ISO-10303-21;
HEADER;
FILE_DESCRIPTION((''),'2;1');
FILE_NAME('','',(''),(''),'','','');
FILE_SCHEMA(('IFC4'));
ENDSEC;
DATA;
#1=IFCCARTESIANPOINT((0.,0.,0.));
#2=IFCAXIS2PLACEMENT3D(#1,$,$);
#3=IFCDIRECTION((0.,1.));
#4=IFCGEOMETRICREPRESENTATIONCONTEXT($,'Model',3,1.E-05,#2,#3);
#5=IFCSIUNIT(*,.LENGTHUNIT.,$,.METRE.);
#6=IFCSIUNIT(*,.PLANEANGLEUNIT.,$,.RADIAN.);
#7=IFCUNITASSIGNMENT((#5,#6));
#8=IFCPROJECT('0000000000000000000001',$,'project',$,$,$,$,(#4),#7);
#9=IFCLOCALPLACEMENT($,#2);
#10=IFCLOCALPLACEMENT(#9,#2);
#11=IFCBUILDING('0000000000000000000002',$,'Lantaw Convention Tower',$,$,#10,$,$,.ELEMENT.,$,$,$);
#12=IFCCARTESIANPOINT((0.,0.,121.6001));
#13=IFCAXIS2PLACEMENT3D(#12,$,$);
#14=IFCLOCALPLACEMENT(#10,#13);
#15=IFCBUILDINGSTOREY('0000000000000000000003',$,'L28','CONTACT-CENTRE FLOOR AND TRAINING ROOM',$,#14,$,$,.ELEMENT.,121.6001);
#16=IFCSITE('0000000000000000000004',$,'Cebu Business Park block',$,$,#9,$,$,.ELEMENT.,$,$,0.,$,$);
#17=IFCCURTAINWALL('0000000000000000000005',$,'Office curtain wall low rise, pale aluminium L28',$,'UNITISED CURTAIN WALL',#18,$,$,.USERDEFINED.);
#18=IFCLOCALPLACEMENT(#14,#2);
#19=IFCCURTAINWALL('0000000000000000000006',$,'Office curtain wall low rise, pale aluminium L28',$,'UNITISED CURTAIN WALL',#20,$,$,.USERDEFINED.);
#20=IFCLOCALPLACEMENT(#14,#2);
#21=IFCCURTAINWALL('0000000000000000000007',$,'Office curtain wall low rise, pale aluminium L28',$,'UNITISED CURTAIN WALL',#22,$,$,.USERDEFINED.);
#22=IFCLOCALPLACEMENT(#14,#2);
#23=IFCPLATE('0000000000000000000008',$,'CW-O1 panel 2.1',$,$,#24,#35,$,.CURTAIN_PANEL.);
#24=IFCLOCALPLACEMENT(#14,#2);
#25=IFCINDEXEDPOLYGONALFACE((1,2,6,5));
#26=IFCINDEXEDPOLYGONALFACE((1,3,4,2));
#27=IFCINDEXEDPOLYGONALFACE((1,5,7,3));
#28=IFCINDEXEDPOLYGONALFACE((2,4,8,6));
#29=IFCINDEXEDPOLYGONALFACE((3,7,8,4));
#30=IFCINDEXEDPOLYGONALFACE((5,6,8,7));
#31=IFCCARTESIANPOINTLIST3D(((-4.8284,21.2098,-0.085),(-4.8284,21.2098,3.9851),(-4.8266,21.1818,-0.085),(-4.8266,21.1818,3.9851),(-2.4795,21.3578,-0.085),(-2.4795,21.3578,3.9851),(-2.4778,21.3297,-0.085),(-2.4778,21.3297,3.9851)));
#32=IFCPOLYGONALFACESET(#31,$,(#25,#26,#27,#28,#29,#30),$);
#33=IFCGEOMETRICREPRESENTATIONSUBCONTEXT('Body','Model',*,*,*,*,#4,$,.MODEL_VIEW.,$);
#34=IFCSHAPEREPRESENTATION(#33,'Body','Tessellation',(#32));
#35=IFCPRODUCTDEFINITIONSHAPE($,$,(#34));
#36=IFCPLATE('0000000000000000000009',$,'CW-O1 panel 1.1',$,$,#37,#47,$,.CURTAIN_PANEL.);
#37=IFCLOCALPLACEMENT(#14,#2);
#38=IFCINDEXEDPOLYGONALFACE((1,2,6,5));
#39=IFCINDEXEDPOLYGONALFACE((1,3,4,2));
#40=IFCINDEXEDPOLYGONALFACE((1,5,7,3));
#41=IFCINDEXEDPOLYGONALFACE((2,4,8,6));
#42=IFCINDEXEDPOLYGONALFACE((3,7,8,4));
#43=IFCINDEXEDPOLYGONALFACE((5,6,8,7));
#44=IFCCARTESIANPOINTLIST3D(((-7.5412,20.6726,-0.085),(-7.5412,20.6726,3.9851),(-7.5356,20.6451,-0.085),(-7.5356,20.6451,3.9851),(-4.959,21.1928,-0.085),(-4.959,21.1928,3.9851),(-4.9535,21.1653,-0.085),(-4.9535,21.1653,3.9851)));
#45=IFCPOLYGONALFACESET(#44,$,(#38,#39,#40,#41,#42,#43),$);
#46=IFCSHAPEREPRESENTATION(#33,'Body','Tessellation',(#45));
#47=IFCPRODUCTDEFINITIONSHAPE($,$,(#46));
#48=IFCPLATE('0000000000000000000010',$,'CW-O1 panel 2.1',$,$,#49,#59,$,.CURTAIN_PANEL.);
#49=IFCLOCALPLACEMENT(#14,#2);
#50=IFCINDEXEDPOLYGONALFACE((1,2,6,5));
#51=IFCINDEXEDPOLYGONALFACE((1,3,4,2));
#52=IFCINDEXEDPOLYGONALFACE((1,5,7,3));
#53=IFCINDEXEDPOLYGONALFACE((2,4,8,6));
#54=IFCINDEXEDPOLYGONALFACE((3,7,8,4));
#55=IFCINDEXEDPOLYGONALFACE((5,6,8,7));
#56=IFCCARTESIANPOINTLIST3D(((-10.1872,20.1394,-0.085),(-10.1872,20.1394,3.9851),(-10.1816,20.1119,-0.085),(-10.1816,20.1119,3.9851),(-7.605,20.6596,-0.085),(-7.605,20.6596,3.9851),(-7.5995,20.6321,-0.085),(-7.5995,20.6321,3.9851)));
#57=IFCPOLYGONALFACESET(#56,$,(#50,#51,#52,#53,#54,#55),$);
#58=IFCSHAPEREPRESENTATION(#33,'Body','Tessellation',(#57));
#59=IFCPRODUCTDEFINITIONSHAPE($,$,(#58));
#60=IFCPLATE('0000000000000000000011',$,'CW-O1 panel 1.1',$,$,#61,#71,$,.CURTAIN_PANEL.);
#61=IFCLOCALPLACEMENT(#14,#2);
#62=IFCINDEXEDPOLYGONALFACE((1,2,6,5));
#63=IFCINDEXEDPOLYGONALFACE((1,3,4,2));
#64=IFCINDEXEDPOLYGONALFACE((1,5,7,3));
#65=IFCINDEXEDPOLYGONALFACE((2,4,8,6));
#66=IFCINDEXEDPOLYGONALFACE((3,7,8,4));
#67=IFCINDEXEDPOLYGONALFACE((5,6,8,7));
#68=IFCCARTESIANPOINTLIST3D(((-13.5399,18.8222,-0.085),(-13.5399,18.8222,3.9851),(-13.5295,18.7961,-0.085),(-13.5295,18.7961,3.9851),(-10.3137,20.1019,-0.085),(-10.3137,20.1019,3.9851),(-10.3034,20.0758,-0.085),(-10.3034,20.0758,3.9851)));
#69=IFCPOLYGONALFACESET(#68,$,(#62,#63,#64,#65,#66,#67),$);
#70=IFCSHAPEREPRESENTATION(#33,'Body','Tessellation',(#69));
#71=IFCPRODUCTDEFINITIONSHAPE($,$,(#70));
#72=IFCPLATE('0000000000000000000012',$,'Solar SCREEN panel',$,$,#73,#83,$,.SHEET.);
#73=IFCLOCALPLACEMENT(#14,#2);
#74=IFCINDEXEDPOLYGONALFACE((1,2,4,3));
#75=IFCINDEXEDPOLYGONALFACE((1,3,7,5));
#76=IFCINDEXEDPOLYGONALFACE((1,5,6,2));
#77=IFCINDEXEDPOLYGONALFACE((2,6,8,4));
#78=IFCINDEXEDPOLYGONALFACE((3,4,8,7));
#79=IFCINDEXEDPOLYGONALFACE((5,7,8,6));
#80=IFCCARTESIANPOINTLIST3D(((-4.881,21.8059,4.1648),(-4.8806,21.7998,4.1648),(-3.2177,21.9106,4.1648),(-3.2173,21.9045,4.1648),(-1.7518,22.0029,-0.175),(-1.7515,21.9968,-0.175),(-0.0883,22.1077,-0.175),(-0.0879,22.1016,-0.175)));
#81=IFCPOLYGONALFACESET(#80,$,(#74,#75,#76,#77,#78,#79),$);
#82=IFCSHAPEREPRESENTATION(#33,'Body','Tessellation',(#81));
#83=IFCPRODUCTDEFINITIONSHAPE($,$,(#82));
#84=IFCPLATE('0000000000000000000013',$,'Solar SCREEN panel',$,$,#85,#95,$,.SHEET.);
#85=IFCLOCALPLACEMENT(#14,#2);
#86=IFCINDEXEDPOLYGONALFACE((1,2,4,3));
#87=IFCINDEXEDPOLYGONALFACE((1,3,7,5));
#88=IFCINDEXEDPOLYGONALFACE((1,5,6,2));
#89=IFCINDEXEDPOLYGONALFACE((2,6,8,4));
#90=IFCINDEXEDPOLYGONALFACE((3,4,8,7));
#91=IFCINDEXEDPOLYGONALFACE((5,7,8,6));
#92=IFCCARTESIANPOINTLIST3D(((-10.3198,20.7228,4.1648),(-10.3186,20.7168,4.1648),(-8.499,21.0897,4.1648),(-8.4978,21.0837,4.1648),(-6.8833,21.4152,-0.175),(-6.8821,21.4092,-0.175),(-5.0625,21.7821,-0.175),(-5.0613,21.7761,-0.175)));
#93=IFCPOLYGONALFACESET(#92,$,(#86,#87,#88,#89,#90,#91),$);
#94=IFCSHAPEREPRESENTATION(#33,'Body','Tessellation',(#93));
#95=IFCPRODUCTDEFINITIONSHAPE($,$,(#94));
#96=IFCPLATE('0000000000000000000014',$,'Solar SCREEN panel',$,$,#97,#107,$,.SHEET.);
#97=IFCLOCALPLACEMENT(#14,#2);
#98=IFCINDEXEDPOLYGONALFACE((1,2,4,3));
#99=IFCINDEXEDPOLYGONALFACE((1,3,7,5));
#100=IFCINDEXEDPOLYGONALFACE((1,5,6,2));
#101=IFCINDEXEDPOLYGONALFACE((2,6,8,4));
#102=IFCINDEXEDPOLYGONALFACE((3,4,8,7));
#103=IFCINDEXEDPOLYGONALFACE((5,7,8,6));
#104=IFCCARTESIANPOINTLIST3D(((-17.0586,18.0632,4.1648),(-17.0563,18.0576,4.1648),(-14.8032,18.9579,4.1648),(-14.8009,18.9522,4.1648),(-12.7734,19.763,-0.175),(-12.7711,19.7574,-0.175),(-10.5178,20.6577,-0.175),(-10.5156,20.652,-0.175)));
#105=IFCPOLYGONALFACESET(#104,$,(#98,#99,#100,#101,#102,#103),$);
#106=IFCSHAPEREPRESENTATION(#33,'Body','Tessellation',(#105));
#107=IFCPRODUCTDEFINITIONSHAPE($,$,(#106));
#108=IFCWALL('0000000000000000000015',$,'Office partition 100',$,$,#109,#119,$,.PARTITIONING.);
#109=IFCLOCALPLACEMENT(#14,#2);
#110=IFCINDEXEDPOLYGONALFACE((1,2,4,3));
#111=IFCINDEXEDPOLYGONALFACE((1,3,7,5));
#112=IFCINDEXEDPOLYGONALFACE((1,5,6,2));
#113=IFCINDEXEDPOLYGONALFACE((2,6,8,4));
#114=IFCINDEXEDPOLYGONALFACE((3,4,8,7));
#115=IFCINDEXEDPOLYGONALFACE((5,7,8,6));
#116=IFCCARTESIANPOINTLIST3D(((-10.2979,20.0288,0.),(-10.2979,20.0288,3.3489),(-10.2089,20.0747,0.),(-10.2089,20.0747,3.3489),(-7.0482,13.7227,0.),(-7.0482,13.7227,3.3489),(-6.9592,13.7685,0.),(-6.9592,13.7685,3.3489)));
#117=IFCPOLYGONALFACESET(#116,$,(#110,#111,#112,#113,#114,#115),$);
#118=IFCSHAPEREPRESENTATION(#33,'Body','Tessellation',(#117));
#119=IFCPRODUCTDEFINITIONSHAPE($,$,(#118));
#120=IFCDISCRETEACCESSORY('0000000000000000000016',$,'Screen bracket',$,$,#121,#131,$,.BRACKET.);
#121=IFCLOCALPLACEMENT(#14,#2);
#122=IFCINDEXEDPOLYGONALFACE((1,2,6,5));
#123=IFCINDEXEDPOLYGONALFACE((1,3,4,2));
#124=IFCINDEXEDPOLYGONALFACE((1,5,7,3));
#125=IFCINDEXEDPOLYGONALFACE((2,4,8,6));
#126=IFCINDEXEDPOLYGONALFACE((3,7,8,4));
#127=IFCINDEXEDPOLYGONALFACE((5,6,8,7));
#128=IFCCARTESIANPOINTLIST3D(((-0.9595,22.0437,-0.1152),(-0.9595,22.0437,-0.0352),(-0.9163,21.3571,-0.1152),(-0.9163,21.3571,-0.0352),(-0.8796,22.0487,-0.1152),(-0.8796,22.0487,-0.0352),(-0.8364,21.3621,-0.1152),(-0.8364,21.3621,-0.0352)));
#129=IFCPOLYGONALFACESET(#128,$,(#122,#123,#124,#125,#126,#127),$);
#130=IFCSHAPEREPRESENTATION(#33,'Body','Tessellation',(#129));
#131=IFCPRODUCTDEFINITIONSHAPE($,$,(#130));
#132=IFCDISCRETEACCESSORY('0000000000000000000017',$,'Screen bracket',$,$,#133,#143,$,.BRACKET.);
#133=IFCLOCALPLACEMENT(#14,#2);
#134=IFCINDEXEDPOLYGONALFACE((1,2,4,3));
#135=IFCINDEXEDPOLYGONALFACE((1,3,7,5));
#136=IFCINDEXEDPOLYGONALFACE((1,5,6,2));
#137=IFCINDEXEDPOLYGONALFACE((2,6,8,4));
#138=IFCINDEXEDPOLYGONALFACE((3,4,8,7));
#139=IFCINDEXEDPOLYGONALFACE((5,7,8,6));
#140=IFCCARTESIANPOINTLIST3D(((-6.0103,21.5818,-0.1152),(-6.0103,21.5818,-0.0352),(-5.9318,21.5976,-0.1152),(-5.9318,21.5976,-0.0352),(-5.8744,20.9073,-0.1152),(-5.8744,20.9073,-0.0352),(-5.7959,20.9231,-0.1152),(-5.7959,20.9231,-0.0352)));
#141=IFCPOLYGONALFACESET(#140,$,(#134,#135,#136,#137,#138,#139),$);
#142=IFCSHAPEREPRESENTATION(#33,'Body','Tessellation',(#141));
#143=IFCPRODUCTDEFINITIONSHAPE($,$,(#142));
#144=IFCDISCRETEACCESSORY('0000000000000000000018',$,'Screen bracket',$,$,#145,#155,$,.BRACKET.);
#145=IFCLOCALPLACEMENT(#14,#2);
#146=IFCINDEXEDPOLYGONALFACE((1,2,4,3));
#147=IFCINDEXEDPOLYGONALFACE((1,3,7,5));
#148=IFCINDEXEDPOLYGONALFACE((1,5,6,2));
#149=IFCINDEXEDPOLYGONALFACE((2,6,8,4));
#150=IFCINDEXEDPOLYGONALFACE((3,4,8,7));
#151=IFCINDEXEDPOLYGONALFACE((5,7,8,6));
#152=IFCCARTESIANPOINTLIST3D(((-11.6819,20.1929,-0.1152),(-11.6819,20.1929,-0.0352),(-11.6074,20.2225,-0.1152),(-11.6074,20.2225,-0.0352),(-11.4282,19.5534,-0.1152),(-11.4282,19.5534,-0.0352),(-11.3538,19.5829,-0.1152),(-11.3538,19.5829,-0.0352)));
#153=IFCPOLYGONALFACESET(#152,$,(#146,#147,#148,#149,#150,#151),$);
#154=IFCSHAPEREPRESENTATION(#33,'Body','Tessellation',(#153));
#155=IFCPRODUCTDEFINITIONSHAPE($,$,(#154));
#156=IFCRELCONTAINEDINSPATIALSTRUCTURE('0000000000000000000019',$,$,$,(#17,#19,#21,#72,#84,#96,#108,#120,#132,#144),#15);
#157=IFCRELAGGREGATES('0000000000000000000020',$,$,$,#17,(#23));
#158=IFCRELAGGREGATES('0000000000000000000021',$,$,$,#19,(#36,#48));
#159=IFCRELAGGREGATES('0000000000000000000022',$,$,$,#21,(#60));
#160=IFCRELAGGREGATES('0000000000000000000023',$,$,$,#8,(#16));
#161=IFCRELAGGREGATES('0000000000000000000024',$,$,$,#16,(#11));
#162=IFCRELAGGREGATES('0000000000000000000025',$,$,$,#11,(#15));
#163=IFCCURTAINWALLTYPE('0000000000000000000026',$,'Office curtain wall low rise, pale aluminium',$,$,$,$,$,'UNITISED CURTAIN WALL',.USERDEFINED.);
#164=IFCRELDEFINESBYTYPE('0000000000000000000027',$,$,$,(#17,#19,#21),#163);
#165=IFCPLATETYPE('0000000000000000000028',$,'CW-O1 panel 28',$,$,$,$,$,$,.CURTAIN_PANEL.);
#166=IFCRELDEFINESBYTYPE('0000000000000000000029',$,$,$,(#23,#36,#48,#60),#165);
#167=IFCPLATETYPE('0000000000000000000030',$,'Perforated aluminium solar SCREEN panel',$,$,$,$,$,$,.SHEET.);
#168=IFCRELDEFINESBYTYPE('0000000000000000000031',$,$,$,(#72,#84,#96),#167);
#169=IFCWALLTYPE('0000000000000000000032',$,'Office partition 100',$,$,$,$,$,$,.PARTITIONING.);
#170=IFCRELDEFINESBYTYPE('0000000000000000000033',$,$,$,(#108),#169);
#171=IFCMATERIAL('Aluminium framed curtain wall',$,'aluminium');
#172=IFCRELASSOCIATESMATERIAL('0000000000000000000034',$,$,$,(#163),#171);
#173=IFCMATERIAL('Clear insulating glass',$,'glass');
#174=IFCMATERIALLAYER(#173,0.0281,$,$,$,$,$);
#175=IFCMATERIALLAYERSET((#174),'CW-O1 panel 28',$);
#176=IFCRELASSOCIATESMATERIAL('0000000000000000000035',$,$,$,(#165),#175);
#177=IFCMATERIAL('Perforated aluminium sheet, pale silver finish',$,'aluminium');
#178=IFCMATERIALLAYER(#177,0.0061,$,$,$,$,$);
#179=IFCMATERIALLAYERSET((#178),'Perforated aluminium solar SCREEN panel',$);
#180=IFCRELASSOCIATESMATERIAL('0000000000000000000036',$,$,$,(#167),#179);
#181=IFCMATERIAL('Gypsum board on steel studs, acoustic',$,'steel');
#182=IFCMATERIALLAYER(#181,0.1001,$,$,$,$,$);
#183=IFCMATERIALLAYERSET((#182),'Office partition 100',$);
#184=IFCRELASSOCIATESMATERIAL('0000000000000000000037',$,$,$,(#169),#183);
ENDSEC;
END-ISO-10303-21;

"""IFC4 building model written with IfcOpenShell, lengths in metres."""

from ifc_helpers import new_model, si_unit, direction, frame, frame_2d, origin, origin_2d, place, context, subcontext, project, spatial, polyline, rectangle, outline, extrude, material, layer, layer_set, type_object, element, aggregate, save


model = new_model("IFC4")

# Units and contexts
model_context = context("Model", 3, precision=1e-05, world=origin(), true_north=direction((0.0, 1.0)))
body_context = subcontext(model_context, "Body", "Model", "MODEL_VIEW")
ifc_project = project(units=[si_unit("LENGTHUNIT", "METRE"), si_unit("PLANEANGLEUNIT", "RADIAN")], contexts=[model_context])

# Site, building, storey
site_placement = place(None, origin())
site = spatial("IfcSite", under=ifc_project, at=site_placement, Name="Cebu Business Park block", CompositionType="ELEMENT", RefElevation=0.0)
building_placement = place(site_placement, origin())
building = spatial("IfcBuilding", under=site, at=building_placement, Name="Lantaw Convention Tower", CompositionType="ELEMENT")
storey_placement = place(building_placement, frame((0.0, 0.0, 121.6001)))
storey = spatial("IfcBuildingStorey", under=building, at=storey_placement, Name="L28", Description="CONTACT-CENTRE FLOOR AND TRAINING ROOM", CompositionType="ELEMENT", Elevation=121.6001)

# Curtain walls
ifc_material_1 = material(Name="Aluminium framed curtain wall", Category="aluminium")
curtain_wall_type = type_object("IfcCurtainWallType", Name="Office curtain wall low rise, pale aluminium", ElementType="UNITISED CURTAIN WALL", PredefinedType="USERDEFINED", material=ifc_material_1)
curtain_wall_1_placement = place(storey_placement, origin())
curtain_wall_1 = element("IfcCurtainWall", 1, at=curtain_wall_1_placement, inside=storey, type_object=curtain_wall_type, Name="Office curtain wall low rise, pale aluminium L28", ObjectType="UNITISED CURTAIN WALL", PredefinedType="USERDEFINED")
curtain_wall_2_placement = place(storey_placement, origin())
curtain_wall_2 = element("IfcCurtainWall", 2, at=curtain_wall_2_placement, inside=storey, type_object=curtain_wall_type, Name="Office curtain wall low rise, pale aluminium L28", ObjectType="UNITISED CURTAIN WALL", PredefinedType="USERDEFINED")

# Curtain wall
curtain_wall_3_placement = place(storey_placement, origin())
curtain_wall_3 = element("IfcCurtainWall", 3, at=curtain_wall_3_placement, inside=storey, type_object=curtain_wall_type, Name="Office curtain wall low rise, pale aluminium L28", ObjectType="UNITISED CURTAIN WALL", PredefinedType="USERDEFINED")

# Plates
ifc_material_2 = material(Name="Clear insulating glass", Category="glass")
ifc_layer_1 = layer(ifc_material_2, 0.0281)
ifc_layer_set_1 = layer_set([ifc_layer_1], Name="CW-O1 panel 28")
plate_type_1 = type_object("IfcPlateType", Name="CW-O1 panel 28", PredefinedType="CURTAIN_PANEL", material=ifc_layer_set_1)
plate_1_placement = place(storey_placement, frame((-3.6531, 21.2698, -0.085), z_axis=(0.0, 0.0, 1.0), x_axis=(-0.998022, -0.062865, 0.0)))
plate_1 = element("IfcPlate", 4, at=plate_1_placement, type_object=plate_type_1, Name="CW-O1 panel 2.1", PredefinedType="CURTAIN_PANEL", context=body_context, shape_type="SweptSolid", body=[
    extrude(rectangle(XDim=2.3535, YDim=0.0281, at=origin_2d()), origin(), (0.0, 0.0, 1.0), 4.0701),
])
aggregate(curtain_wall_1, [plate_1])
plate_2_placement = place(storey_placement, frame((-6.2473, 20.9189, -0.085), z_axis=(0.0, 0.0, 1.0), x_axis=(-0.980302, -0.197507, 0.0)))
plate_2 = element("IfcPlate", 5, at=plate_2_placement, type_object=plate_type_1, Name="CW-O1 panel 1.1", PredefinedType="CURTAIN_PANEL", context=body_context, shape_type="SweptSolid", body=[
    extrude(rectangle(XDim=2.634, YDim=0.0281, at=origin_2d()), origin(), (0.0, 0.0, 1.0), 4.0701),
])
plate_3_placement = place(storey_placement, frame((-8.8933, 20.3857, -0.085), z_axis=(0.0, 0.0, 1.0), x_axis=(-0.980302, -0.197507, 0.0)))
plate_3 = element("IfcPlate", 6, at=plate_3_placement, type_object=plate_type_1, Name="CW-O1 panel 2.1", PredefinedType="CURTAIN_PANEL", context=body_context, shape_type="SweptSolid", body=[
    extrude(rectangle(XDim=2.634, YDim=0.0281, at=origin_2d()), origin(), (0.0, 0.0, 1.0), 4.0701),
])
aggregate(curtain_wall_2, [plate_2, plate_3])
plate_4_placement = place(storey_placement, frame((-11.9216, 19.449, -0.085), z_axis=(0.0, 0.0, 1.0), x_axis=(-0.929548, -0.368702, 0.0)))
plate_4 = element("IfcPlate", 7, at=plate_4_placement, type_object=plate_type_1, Name="CW-O1 panel 1.1", PredefinedType="CURTAIN_PANEL", context=body_context, shape_type="SweptSolid", body=[
    extrude(rectangle(XDim=3.4707, YDim=0.0281, at=origin_2d()), origin(), (0.0, 0.0, 1.0), 4.0701),
])
aggregate(curtain_wall_3, [plate_4])

# Plates
ifc_material_3 = material(Name="Perforated aluminium sheet, pale silver finish", Category="aluminium")
ifc_layer_2 = layer(ifc_material_3, 0.0061)
ifc_layer_set_2 = layer_set([ifc_layer_2], Name="Perforated aluminium solar SCREEN panel")
plate_type_2 = type_object("IfcPlateType", Name="Perforated aluminium solar SCREEN panel", PredefinedType="SHEET", material=ifc_layer_set_2)
plate_5_placement = place(storey_placement, frame((-0.0879, 22.1016, -0.175), z_axis=(0.062839, -0.998024, 0.000002), x_axis=(-0.998024, -0.062839, 0.0)))
element("IfcPlate", 8, at=plate_5_placement, inside=storey, type_object=plate_type_2, Name="Solar SCREEN panel", PredefinedType="SHEET", context=body_context, shape_type="SweptSolid", body=[
    extrude(outline(polyline([(0.0, 0.0), (1.6669, 0.0), (4.8022, -4.3398), (3.1356, -4.3398), (0.0, 0.0)])), origin(), (0.0, 0.0, -1.0), 0.0061),
])
plate_6_placement = place(storey_placement, frame((-5.0613, 21.7761, -0.175), z_axis=(0.197557, -0.980291, 0.000039), x_axis=(-0.980291, -0.197557, 0.0)))
element("IfcPlate", 9, at=plate_6_placement, inside=storey, type_object=plate_type_2, Name="Solar SCREEN panel", PredefinedType="SHEET", context=body_context, shape_type="SweptSolid", body=[
    extrude(outline(polyline([(0.0, 0.0), (1.8574, 0.0), (5.363, -4.3398), (3.5056, -4.3398), (0.0, 0.0)])), origin(), (0.0, 0.0, -1.0), 0.0061),
])
plate_7_placement = place(storey_placement, frame((-10.5178, 20.6577, -0.175), z_axis=(-0.368709, 0.929545, 0.000011), x_axis=(-0.929545, -0.368709, 0.0)))
element("IfcPlate", 10, at=plate_7_placement, inside=storey, type_object=plate_type_2, Name="Solar SCREEN panel", PredefinedType="SHEET", context=body_context, shape_type="SweptSolid", body=[
    extrude(outline(polyline([(0.0, 0.0), (2.4265, 0.0), (7.0365, 4.3398), (4.6102, 4.3398), (0.0, 0.0)])), origin(), (0.0, 0.0, -1.0), 0.0061),
])

# Wall
ifc_material_4 = material(Name="Gypsum board on steel studs, acoustic", Category="steel")
ifc_layer_3 = layer(ifc_material_4, 0.1001)
ifc_layer_set_3 = layer_set([ifc_layer_3], Name="Office partition 100")
wall_type = type_object("IfcWallType", Name="Office partition 100", PredefinedType="PARTITIONING", material=ifc_layer_set_3)
wall_placement = place(storey_placement, frame((-10.2534, 20.0518, 0.0), z_axis=(0.0, 0.0, 1.0), x_axis=(0.458083, -0.88891, 0.0)))
element("IfcWall", 11, at=wall_placement, inside=storey, type_object=wall_type, Name="Office partition 100", PredefinedType="PARTITIONING", context=body_context, shape_type="SweptSolid", body=[
    extrude(rectangle(XDim=7.0942, YDim=0.1001, at=frame_2d((3.5471, 0.0))), origin(), (0.0, 0.0, 1.0), 3.3489),
])

# Discrete accessories
for number, where, z_axis, x_axis, name in (
    (12, (-0.8979, 21.7029, -0.1152), (0.0, 0.0, 1.0), (-0.998022, -0.062865, 0.0), "Screen bracket"),
    (13, (-5.9031, 21.2524, -0.1152), (0.0, 0.0, 1.0), (-0.980302, -0.197507, 0.0), "Screen bracket"),
    (14, (-11.5178, 19.8879, -0.1152), (0.0, 0.0, 1.0), (-0.929548, -0.368702, 0.0), "Screen bracket"),
):
    element("IfcDiscreteAccessory", number, at=place(storey_placement, frame(where, z_axis=z_axis, x_axis=x_axis)), inside=storey, Name=name, PredefinedType="BRACKET", context=body_context, shape_type="SweptSolid", body=[
        extrude(rectangle(XDim=0.0801, YDim=0.688, at=origin_2d()), origin(), (0.0, 0.0, 1.0), 0.0801),
    ])

save(model, "model.ifc")
